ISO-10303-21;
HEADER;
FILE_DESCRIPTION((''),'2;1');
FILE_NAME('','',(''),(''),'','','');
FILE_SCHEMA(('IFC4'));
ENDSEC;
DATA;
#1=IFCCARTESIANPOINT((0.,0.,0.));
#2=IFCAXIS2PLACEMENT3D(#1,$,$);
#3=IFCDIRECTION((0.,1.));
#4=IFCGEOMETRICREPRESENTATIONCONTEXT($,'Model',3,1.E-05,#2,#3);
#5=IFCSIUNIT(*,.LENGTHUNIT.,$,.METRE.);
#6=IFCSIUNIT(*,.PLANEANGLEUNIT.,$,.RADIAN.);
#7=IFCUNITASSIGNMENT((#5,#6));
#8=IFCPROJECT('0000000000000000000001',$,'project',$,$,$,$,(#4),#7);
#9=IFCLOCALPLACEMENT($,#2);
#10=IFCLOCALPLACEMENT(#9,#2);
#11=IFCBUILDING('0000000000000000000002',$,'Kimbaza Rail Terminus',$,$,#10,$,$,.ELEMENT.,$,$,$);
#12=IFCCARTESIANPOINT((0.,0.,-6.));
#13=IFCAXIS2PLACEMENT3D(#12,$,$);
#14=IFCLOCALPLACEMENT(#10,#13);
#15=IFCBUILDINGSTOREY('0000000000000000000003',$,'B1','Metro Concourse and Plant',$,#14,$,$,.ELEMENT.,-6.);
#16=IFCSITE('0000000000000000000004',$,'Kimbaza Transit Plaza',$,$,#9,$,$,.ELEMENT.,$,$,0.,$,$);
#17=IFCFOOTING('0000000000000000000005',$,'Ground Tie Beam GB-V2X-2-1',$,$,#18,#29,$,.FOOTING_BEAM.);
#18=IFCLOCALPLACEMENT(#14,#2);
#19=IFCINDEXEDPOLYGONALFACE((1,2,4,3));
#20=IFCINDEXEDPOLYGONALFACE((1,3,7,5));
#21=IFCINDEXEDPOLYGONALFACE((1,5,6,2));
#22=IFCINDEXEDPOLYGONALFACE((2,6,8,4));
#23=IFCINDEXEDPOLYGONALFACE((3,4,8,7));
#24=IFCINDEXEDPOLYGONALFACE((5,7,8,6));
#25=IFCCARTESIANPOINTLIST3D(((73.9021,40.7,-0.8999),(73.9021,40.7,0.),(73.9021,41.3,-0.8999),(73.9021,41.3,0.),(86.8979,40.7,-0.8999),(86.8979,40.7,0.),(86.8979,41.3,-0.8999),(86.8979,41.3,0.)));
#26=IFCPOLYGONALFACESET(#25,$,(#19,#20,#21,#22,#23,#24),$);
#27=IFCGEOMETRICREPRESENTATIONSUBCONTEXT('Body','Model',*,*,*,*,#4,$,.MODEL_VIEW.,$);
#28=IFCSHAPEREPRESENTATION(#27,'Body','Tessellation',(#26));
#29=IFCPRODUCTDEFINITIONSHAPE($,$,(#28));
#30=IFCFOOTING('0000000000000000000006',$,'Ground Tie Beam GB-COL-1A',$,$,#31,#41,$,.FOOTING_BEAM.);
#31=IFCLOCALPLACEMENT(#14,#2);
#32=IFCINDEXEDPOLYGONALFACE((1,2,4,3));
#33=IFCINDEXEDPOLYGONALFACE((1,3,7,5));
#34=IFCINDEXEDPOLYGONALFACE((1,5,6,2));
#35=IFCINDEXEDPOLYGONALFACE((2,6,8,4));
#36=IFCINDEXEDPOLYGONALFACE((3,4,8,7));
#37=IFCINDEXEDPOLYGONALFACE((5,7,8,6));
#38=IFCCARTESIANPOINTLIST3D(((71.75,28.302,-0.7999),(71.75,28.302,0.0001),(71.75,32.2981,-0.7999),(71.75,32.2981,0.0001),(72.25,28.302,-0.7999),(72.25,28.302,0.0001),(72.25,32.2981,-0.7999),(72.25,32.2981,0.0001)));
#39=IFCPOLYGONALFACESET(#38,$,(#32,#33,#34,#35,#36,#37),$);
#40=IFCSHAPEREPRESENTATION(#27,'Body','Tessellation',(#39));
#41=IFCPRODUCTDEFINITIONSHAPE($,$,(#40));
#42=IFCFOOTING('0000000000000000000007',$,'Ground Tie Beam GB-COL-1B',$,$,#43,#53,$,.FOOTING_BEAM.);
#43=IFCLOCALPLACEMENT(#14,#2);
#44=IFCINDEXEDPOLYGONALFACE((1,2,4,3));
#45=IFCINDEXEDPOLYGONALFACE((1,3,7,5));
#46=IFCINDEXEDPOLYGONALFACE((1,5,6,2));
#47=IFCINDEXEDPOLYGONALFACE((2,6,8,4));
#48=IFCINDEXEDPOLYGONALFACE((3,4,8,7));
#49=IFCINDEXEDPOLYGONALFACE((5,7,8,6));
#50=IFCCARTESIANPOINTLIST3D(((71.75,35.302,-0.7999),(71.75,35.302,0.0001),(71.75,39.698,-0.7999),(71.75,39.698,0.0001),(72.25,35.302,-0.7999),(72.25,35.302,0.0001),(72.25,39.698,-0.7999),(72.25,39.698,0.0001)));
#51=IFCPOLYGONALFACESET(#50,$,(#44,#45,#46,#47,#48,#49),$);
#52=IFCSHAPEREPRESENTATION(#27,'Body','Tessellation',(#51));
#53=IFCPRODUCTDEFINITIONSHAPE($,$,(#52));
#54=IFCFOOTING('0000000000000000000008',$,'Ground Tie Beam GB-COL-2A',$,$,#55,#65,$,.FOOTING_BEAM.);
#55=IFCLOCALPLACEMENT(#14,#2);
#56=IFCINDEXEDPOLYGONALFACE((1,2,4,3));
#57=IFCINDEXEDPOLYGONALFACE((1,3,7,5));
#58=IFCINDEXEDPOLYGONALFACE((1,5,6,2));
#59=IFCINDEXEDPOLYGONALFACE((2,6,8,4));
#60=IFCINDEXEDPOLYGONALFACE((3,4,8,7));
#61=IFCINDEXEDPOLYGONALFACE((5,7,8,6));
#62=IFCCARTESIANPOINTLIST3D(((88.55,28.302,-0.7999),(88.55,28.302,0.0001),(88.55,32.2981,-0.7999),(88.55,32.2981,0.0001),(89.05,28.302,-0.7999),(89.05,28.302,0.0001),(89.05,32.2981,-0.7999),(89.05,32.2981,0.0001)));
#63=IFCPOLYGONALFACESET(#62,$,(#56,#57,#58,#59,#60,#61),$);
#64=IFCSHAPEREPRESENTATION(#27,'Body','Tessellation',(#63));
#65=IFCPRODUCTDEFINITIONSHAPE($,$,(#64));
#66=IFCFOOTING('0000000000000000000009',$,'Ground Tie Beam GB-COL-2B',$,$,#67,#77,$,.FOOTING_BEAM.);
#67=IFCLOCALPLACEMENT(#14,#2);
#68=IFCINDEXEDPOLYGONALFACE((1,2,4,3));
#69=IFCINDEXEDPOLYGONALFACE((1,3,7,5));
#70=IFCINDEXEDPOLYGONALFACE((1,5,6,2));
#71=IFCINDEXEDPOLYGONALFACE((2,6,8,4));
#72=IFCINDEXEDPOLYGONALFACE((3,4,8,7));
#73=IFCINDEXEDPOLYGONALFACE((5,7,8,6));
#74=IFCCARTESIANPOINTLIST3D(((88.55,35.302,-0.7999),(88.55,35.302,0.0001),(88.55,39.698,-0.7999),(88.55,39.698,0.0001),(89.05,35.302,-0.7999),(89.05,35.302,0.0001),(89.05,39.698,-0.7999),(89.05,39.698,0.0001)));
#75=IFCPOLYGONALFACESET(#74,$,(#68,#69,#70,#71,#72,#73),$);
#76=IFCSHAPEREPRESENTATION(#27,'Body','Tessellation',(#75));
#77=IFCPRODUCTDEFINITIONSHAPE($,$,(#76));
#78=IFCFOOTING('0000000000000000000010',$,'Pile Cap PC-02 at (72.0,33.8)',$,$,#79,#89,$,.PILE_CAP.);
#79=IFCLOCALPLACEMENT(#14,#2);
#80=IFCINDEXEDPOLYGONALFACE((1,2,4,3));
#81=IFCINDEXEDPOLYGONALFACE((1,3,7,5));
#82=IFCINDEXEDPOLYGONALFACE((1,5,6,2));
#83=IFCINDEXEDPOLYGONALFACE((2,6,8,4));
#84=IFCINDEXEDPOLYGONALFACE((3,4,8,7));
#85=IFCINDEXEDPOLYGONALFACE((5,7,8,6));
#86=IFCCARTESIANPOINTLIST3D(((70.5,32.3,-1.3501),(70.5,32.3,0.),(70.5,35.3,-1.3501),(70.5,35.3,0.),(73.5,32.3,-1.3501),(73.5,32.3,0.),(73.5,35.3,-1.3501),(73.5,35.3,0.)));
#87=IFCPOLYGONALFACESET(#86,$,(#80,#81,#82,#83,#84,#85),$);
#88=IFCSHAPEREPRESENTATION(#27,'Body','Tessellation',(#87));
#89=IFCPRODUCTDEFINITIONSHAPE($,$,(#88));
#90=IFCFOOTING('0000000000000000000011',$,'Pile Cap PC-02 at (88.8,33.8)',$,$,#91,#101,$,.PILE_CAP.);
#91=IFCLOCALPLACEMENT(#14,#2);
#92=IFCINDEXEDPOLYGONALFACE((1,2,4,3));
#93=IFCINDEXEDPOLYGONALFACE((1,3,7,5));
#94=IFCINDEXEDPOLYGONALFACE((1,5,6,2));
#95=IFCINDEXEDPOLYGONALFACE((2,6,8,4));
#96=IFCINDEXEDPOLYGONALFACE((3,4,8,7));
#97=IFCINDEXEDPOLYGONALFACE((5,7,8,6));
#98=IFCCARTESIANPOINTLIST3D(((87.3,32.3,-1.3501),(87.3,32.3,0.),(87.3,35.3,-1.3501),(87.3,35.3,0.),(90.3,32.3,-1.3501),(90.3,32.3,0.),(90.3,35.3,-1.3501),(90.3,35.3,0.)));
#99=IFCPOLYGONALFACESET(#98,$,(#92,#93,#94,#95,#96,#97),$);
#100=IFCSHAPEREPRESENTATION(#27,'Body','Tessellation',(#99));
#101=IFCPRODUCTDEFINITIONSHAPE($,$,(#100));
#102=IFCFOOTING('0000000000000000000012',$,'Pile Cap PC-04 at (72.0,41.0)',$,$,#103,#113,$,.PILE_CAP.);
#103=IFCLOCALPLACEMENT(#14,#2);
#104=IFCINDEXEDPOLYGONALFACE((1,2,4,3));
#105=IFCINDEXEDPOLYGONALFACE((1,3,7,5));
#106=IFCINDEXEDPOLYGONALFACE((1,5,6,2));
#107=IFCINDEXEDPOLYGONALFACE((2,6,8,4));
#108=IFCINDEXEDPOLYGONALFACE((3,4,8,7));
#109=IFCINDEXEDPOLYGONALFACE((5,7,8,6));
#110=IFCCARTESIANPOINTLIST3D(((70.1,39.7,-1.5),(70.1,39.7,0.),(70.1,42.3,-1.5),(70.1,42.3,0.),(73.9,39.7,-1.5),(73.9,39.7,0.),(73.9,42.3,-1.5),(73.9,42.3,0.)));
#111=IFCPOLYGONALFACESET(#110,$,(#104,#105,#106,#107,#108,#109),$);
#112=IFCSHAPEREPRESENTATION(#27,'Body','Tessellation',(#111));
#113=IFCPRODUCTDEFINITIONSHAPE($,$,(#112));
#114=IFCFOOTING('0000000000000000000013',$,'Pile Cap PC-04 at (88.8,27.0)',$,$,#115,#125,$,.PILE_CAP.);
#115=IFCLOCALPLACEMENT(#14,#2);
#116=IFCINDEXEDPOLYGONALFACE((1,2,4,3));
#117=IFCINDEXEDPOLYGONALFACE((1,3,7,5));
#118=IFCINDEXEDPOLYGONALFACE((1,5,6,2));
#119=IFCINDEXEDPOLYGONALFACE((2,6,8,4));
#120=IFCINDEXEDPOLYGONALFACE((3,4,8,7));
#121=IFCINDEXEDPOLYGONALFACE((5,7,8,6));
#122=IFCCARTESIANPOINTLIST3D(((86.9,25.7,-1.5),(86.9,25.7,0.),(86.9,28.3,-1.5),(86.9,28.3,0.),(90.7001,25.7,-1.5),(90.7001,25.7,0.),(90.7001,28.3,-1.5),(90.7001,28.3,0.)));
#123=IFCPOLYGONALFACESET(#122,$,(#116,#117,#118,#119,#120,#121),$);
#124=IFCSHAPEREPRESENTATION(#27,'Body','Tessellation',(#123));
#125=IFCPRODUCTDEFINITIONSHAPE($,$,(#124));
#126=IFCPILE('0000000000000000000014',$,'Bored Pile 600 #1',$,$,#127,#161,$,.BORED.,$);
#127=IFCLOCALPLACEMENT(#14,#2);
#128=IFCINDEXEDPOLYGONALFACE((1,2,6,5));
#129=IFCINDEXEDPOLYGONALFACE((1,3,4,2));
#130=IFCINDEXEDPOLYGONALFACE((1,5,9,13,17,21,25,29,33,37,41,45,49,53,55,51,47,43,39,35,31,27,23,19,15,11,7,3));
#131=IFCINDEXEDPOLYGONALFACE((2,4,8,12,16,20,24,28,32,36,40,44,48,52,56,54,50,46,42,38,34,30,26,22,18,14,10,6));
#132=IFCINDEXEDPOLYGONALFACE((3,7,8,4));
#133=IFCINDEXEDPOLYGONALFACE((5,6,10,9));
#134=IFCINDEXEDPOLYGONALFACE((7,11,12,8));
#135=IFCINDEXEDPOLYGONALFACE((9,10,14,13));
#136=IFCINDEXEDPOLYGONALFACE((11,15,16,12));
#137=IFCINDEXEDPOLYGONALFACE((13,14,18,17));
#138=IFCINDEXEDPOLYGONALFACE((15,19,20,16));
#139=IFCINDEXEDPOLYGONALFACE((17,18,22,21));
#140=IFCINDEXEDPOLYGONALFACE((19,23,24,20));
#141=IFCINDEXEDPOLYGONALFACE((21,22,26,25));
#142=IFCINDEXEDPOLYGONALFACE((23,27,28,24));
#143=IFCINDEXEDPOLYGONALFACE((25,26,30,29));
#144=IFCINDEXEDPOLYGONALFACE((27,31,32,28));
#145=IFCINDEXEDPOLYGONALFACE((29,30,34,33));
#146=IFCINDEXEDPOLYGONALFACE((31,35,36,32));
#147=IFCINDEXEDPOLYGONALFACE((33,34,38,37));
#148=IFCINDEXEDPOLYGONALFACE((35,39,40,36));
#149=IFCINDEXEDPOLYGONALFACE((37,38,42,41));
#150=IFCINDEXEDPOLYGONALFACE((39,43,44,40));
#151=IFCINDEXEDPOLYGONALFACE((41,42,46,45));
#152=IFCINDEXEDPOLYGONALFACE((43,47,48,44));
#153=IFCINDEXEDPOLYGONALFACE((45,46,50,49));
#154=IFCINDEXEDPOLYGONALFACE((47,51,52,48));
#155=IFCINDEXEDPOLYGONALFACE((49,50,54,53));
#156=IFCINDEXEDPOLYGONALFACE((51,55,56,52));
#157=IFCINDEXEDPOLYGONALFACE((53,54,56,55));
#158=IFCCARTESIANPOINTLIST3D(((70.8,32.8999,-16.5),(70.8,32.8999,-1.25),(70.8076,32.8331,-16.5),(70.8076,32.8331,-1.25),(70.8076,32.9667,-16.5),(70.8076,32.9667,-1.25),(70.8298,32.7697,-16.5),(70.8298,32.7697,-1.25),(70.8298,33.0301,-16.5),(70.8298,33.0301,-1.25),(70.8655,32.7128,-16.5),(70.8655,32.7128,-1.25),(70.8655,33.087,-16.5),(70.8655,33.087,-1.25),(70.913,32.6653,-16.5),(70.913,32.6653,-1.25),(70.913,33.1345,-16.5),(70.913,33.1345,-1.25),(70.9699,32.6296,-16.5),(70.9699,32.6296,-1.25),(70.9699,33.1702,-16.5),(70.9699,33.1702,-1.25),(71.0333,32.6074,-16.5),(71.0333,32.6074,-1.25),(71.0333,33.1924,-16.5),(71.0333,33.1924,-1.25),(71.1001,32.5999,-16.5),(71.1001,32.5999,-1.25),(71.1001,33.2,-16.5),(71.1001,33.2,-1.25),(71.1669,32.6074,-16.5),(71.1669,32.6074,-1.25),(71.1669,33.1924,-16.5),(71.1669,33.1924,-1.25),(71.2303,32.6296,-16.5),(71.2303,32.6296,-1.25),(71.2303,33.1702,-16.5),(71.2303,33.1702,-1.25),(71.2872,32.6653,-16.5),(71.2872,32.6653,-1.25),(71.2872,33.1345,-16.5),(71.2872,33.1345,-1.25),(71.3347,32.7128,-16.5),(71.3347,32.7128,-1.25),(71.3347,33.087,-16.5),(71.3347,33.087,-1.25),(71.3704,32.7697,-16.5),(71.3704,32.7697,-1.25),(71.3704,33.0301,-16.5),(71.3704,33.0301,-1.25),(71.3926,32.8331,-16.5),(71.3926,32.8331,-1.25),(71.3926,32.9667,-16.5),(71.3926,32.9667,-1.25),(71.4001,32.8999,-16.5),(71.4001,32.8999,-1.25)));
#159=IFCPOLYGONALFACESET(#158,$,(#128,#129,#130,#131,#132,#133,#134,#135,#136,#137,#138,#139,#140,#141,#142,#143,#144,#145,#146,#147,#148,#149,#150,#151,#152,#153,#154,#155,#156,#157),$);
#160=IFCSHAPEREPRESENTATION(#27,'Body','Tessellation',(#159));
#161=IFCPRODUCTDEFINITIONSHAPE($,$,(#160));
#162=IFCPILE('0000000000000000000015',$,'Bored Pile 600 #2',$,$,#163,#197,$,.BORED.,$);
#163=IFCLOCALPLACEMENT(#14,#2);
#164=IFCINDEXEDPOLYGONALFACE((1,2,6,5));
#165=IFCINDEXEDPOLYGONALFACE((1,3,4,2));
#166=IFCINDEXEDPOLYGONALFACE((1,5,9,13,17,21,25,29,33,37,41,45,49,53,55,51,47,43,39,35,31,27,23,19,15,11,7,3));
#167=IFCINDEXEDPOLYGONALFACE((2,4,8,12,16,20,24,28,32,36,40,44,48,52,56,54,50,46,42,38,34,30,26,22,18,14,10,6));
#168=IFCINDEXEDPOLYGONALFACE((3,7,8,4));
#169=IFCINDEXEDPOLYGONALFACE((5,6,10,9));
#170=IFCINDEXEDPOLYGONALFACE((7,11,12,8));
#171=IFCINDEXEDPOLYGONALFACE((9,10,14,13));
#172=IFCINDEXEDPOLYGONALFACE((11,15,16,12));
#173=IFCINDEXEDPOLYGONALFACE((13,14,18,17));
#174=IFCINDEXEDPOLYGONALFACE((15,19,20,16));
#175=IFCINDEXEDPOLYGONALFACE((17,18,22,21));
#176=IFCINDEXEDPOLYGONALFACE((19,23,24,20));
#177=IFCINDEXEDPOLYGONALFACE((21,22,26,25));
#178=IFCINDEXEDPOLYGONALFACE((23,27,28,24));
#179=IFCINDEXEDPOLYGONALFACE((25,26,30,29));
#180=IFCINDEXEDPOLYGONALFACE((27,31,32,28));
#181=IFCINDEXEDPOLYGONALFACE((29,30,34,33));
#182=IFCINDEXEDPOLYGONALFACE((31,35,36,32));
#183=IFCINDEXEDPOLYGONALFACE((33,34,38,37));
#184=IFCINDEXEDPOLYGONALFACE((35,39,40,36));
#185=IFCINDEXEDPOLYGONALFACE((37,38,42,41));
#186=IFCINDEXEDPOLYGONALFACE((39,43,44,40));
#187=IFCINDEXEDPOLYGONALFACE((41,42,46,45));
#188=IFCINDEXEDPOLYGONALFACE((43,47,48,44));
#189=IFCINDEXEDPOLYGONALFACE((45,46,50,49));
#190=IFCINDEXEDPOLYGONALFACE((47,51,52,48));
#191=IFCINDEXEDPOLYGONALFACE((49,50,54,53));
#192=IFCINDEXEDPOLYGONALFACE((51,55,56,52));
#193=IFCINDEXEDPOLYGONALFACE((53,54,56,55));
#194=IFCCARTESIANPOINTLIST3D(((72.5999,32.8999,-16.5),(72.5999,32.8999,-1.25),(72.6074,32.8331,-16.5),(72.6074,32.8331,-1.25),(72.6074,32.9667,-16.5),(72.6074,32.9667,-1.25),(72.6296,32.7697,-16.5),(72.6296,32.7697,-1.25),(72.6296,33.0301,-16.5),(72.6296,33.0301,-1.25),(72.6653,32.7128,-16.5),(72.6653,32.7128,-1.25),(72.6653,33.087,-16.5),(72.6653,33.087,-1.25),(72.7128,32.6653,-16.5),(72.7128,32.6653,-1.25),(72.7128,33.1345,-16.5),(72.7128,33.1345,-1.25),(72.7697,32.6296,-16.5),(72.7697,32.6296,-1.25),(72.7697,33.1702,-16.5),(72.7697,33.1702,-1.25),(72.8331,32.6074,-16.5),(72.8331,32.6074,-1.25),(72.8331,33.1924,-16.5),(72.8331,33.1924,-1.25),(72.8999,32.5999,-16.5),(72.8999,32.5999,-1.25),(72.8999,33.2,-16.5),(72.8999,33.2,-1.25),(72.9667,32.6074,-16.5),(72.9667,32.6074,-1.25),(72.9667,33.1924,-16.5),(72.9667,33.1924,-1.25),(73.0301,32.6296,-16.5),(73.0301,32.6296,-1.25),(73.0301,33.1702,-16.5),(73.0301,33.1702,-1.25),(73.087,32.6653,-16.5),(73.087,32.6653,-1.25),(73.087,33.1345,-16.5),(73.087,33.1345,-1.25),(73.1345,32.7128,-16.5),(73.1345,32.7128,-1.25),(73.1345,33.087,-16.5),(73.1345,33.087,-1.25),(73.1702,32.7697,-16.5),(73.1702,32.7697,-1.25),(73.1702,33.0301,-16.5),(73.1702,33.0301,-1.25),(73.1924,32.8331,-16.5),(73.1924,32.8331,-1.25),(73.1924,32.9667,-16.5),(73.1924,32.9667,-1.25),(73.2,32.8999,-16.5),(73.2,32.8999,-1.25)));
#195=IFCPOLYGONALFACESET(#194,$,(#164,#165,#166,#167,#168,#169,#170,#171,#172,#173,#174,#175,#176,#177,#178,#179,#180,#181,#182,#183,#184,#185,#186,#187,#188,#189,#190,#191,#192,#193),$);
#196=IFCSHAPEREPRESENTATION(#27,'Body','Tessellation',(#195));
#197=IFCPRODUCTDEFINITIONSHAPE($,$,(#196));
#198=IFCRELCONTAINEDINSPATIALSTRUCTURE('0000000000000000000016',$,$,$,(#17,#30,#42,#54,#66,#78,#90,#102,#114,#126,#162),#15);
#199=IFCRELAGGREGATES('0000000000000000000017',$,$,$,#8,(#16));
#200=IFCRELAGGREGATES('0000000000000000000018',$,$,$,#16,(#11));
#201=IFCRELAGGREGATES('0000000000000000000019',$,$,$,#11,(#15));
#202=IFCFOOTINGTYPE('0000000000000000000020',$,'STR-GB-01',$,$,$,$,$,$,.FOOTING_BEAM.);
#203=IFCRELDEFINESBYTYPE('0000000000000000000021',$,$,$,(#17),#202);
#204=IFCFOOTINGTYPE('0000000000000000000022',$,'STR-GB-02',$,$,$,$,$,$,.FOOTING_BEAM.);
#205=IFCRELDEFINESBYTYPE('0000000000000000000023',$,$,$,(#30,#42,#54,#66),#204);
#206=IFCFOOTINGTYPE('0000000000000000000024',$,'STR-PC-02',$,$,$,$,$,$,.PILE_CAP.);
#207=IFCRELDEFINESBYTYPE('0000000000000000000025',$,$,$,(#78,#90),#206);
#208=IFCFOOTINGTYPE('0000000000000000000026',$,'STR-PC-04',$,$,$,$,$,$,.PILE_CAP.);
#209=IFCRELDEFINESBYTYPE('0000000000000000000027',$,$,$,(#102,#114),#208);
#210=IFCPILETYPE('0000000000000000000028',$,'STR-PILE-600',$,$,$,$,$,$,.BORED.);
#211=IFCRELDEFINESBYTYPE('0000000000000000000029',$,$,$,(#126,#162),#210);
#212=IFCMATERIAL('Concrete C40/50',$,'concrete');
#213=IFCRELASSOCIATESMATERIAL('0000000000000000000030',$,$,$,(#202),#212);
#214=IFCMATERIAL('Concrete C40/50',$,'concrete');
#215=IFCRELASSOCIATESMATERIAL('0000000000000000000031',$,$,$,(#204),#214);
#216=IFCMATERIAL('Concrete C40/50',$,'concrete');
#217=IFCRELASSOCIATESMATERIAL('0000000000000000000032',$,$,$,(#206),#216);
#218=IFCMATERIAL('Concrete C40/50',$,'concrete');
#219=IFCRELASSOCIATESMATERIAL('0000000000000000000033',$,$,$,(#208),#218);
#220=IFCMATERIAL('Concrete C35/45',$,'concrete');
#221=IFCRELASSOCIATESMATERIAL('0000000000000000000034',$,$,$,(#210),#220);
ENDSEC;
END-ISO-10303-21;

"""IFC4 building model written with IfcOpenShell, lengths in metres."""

from ifc_helpers import new_model, si_unit, direction, frame, origin, origin_2d, place, context, subcontext, project, spatial, rectangle, circle, extrude, material, material_profile, profile_set, type_object, element, save


model = new_model("IFC4")

# Units and contexts
model_context = context("Model", 3, precision=1e-05, world=origin(), true_north=direction((0.0, 1.0)))
body_context = subcontext(model_context, "Body", "Model", "MODEL_VIEW")
ifc_project = project(units=[si_unit("LENGTHUNIT", "METRE"), si_unit("PLANEANGLEUNIT", "RADIAN")], contexts=[model_context])

# Site, building, storey
site_placement = place(None, origin())
site = spatial("IfcSite", under=ifc_project, at=site_placement, Name="Kimbaza Transit Plaza", CompositionType="ELEMENT", RefElevation=0.0)
building_placement = place(site_placement, origin())
building = spatial("IfcBuilding", under=site, at=building_placement, Name="Kimbaza Rail Terminus", CompositionType="ELEMENT")
storey_placement = place(building_placement, frame((0.0, 0.0, -6.0)))
storey = spatial("IfcBuildingStorey", under=building, at=storey_placement, Name="B1", Description="Metro Concourse and Plant", CompositionType="ELEMENT", Elevation=-6.0)

# Footings
ifc_material_1 = material(Name="Concrete C40/50", Category="concrete")
ifc_material_profile_1 = material_profile(ifc_material_1, rectangle(XDim=0.6001, YDim=0.8999, at=origin_2d()), Name="GB-01 600x900")
ifc_profile_set_1 = profile_set([ifc_material_profile_1], Name="Concrete C40/50")
footing_type_1 = type_object("IfcFootingType", Name="STR-GB-01", PredefinedType="FOOTING_BEAM", material=ifc_profile_set_1)
footing_1_placement = place(storey_placement, frame((73.9021, 41.0, -0.45), z_axis=(1.0, 0.0, 0.0), x_axis=(0.0, 1.0, 0.0)))
element("IfcFooting", 1, at=footing_1_placement, inside=storey, type_object=footing_type_1, Name="Ground Tie Beam GB-V2X-2-1", PredefinedType="FOOTING_BEAM", context=body_context, shape_type="SweptSolid", body=[
    extrude(rectangle(XDim=0.6001, YDim=0.8999, at=origin_2d()), origin(), (0.0, 0.0, 1.0), 12.9958),
])
ifc_material_2 = material(Name="Concrete C40/50", Category="concrete")
ifc_material_profile_2 = material_profile(ifc_material_2, rectangle(XDim=0.5, YDim=0.8, at=origin_2d()), Name="GB-02 500x800")
ifc_profile_set_2 = profile_set([ifc_material_profile_2], Name="Concrete C40/50")
footing_type_2 = type_object("IfcFootingType", Name="STR-GB-02", PredefinedType="FOOTING_BEAM", material=ifc_profile_set_2)
footing_2_placement = place(storey_placement, frame((72.0, 28.302, -0.3999), z_axis=(0.0, 1.0, 0.0), x_axis=(-1.0, 0.0, 0.0)))
element("IfcFooting", 2, at=footing_2_placement, inside=storey, type_object=footing_type_2, Name="Ground Tie Beam GB-COL-1A", PredefinedType="FOOTING_BEAM", context=body_context, shape_type="SweptSolid", body=[
    extrude(rectangle(XDim=0.5, YDim=0.8, at=origin_2d()), origin(), (0.0, 0.0, 1.0), 3.9961),
])
footing_3_placement = place(storey_placement, frame((72.0, 35.302, -0.3999), z_axis=(0.0, 1.0, 0.0), x_axis=(-1.0, 0.0, 0.0)))
element("IfcFooting", 3, at=footing_3_placement, inside=storey, type_object=footing_type_2, Name="Ground Tie Beam GB-COL-1B", PredefinedType="FOOTING_BEAM", context=body_context, shape_type="SweptSolid", body=[
    extrude(rectangle(XDim=0.5, YDim=0.8, at=origin_2d()), origin(), (0.0, 0.0, 1.0), 4.396),
])
footing_4_placement = place(storey_placement, frame((88.8, 28.302, -0.3999), z_axis=(0.0, 1.0, 0.0), x_axis=(-1.0, 0.0, 0.0)))
element("IfcFooting", 4, at=footing_4_placement, inside=storey, type_object=footing_type_2, Name="Ground Tie Beam GB-COL-2A", PredefinedType="FOOTING_BEAM", context=body_context, shape_type="SweptSolid", body=[
    extrude(rectangle(XDim=0.5, YDim=0.8, at=origin_2d()), origin(), (0.0, 0.0, 1.0), 3.9961),
])
footing_5_placement = place(storey_placement, frame((88.8, 35.302, -0.3999), z_axis=(0.0, 1.0, 0.0), x_axis=(-1.0, 0.0, 0.0)))
element("IfcFooting", 5, at=footing_5_placement, inside=storey, type_object=footing_type_2, Name="Ground Tie Beam GB-COL-2B", PredefinedType="FOOTING_BEAM", context=body_context, shape_type="SweptSolid", body=[
    extrude(rectangle(XDim=0.5, YDim=0.8, at=origin_2d()), origin(), (0.0, 0.0, 1.0), 4.396),
])
ifc_material_3 = material(Name="Concrete C40/50", Category="concrete")
footing_type_3 = type_object("IfcFootingType", Name="STR-PC-02", PredefinedType="PILE_CAP", material=ifc_material_3)
for number, where, z_axis, x_axis, name in (
    (6, (72.0, 33.8, -1.3501), (0.0, 0.0, 1.0), (1.0, 0.0, 0.0), "Pile Cap PC-02 at (72.0,33.8)"),
    (7, (88.8, 33.8, -1.3501), (0.0, 0.0, 1.0), (1.0, 0.0, 0.0), "Pile Cap PC-02 at (88.8,33.8)"),
):
    element("IfcFooting", number, at=place(storey_placement, frame(where, z_axis=z_axis, x_axis=x_axis)), inside=storey, type_object=footing_type_3, Name=name, PredefinedType="PILE_CAP", context=body_context, shape_type="SweptSolid", body=[
        extrude(rectangle(XDim=3.0, YDim=3.0, at=origin_2d()), origin(), (0.0, 0.0, 1.0), 1.3501),
    ])
ifc_material_4 = material(Name="Concrete C40/50", Category="concrete")
footing_type_4 = type_object("IfcFootingType", Name="STR-PC-04", PredefinedType="PILE_CAP", material=ifc_material_4)
for number, where, z_axis, x_axis, name in (
    (8, (72.0, 41.0, -1.5), (0.0, 0.0, 1.0), (1.0, 0.0, 0.0), "Pile Cap PC-04 at (72.0,41.0)"),
    (9, (88.8, 27.0, -1.5), (0.0, 0.0, 1.0), (1.0, 0.0, 0.0), "Pile Cap PC-04 at (88.8,27.0)"),
):
    element("IfcFooting", number, at=place(storey_placement, frame(where, z_axis=z_axis, x_axis=x_axis)), inside=storey, type_object=footing_type_4, Name=name, PredefinedType="PILE_CAP", context=body_context, shape_type="SweptSolid", body=[
        extrude(rectangle(XDim=3.8, YDim=2.6001, at=origin_2d()), origin(), (0.0, 0.0, 1.0), 1.5),
    ])

# Piles
ifc_material_5 = material(Name="Concrete C35/45", Category="concrete")
ifc_material_profile_3 = material_profile(ifc_material_5, circle(Radius=0.3, at=origin_2d()), Name="BORED PILE 600")
ifc_profile_set_3 = profile_set([ifc_material_profile_3], Name="Concrete C35/45")
pile_type_1 = type_object("IfcPileType", Name="STR-PILE-600", PredefinedType="BORED", material=ifc_profile_set_3)
for number, where, z_axis, x_axis, name in (
    (10, (71.1001, 32.8999, -1.25), (0.0, 0.0, -1.0), (1.0, 0.0, 0.0), "Bored Pile 600 #1"),
    (11, (72.8999, 32.8999, -1.25), (0.0, 0.0, -1.0), (1.0, 0.0, 0.0), "Bored Pile 600 #2"),
):
    element("IfcPile", number, at=place(storey_placement, frame(where, z_axis=z_axis, x_axis=x_axis)), inside=storey, type_object=pile_type_1, Name=name, PredefinedType="BORED", context=body_context, shape_type="SweptSolid", body=[
        extrude(circle(Radius=0.3, at=origin_2d()), origin(), (0.0, 0.0, 1.0), 15.25),
    ])

save(model, "model.ifc")
